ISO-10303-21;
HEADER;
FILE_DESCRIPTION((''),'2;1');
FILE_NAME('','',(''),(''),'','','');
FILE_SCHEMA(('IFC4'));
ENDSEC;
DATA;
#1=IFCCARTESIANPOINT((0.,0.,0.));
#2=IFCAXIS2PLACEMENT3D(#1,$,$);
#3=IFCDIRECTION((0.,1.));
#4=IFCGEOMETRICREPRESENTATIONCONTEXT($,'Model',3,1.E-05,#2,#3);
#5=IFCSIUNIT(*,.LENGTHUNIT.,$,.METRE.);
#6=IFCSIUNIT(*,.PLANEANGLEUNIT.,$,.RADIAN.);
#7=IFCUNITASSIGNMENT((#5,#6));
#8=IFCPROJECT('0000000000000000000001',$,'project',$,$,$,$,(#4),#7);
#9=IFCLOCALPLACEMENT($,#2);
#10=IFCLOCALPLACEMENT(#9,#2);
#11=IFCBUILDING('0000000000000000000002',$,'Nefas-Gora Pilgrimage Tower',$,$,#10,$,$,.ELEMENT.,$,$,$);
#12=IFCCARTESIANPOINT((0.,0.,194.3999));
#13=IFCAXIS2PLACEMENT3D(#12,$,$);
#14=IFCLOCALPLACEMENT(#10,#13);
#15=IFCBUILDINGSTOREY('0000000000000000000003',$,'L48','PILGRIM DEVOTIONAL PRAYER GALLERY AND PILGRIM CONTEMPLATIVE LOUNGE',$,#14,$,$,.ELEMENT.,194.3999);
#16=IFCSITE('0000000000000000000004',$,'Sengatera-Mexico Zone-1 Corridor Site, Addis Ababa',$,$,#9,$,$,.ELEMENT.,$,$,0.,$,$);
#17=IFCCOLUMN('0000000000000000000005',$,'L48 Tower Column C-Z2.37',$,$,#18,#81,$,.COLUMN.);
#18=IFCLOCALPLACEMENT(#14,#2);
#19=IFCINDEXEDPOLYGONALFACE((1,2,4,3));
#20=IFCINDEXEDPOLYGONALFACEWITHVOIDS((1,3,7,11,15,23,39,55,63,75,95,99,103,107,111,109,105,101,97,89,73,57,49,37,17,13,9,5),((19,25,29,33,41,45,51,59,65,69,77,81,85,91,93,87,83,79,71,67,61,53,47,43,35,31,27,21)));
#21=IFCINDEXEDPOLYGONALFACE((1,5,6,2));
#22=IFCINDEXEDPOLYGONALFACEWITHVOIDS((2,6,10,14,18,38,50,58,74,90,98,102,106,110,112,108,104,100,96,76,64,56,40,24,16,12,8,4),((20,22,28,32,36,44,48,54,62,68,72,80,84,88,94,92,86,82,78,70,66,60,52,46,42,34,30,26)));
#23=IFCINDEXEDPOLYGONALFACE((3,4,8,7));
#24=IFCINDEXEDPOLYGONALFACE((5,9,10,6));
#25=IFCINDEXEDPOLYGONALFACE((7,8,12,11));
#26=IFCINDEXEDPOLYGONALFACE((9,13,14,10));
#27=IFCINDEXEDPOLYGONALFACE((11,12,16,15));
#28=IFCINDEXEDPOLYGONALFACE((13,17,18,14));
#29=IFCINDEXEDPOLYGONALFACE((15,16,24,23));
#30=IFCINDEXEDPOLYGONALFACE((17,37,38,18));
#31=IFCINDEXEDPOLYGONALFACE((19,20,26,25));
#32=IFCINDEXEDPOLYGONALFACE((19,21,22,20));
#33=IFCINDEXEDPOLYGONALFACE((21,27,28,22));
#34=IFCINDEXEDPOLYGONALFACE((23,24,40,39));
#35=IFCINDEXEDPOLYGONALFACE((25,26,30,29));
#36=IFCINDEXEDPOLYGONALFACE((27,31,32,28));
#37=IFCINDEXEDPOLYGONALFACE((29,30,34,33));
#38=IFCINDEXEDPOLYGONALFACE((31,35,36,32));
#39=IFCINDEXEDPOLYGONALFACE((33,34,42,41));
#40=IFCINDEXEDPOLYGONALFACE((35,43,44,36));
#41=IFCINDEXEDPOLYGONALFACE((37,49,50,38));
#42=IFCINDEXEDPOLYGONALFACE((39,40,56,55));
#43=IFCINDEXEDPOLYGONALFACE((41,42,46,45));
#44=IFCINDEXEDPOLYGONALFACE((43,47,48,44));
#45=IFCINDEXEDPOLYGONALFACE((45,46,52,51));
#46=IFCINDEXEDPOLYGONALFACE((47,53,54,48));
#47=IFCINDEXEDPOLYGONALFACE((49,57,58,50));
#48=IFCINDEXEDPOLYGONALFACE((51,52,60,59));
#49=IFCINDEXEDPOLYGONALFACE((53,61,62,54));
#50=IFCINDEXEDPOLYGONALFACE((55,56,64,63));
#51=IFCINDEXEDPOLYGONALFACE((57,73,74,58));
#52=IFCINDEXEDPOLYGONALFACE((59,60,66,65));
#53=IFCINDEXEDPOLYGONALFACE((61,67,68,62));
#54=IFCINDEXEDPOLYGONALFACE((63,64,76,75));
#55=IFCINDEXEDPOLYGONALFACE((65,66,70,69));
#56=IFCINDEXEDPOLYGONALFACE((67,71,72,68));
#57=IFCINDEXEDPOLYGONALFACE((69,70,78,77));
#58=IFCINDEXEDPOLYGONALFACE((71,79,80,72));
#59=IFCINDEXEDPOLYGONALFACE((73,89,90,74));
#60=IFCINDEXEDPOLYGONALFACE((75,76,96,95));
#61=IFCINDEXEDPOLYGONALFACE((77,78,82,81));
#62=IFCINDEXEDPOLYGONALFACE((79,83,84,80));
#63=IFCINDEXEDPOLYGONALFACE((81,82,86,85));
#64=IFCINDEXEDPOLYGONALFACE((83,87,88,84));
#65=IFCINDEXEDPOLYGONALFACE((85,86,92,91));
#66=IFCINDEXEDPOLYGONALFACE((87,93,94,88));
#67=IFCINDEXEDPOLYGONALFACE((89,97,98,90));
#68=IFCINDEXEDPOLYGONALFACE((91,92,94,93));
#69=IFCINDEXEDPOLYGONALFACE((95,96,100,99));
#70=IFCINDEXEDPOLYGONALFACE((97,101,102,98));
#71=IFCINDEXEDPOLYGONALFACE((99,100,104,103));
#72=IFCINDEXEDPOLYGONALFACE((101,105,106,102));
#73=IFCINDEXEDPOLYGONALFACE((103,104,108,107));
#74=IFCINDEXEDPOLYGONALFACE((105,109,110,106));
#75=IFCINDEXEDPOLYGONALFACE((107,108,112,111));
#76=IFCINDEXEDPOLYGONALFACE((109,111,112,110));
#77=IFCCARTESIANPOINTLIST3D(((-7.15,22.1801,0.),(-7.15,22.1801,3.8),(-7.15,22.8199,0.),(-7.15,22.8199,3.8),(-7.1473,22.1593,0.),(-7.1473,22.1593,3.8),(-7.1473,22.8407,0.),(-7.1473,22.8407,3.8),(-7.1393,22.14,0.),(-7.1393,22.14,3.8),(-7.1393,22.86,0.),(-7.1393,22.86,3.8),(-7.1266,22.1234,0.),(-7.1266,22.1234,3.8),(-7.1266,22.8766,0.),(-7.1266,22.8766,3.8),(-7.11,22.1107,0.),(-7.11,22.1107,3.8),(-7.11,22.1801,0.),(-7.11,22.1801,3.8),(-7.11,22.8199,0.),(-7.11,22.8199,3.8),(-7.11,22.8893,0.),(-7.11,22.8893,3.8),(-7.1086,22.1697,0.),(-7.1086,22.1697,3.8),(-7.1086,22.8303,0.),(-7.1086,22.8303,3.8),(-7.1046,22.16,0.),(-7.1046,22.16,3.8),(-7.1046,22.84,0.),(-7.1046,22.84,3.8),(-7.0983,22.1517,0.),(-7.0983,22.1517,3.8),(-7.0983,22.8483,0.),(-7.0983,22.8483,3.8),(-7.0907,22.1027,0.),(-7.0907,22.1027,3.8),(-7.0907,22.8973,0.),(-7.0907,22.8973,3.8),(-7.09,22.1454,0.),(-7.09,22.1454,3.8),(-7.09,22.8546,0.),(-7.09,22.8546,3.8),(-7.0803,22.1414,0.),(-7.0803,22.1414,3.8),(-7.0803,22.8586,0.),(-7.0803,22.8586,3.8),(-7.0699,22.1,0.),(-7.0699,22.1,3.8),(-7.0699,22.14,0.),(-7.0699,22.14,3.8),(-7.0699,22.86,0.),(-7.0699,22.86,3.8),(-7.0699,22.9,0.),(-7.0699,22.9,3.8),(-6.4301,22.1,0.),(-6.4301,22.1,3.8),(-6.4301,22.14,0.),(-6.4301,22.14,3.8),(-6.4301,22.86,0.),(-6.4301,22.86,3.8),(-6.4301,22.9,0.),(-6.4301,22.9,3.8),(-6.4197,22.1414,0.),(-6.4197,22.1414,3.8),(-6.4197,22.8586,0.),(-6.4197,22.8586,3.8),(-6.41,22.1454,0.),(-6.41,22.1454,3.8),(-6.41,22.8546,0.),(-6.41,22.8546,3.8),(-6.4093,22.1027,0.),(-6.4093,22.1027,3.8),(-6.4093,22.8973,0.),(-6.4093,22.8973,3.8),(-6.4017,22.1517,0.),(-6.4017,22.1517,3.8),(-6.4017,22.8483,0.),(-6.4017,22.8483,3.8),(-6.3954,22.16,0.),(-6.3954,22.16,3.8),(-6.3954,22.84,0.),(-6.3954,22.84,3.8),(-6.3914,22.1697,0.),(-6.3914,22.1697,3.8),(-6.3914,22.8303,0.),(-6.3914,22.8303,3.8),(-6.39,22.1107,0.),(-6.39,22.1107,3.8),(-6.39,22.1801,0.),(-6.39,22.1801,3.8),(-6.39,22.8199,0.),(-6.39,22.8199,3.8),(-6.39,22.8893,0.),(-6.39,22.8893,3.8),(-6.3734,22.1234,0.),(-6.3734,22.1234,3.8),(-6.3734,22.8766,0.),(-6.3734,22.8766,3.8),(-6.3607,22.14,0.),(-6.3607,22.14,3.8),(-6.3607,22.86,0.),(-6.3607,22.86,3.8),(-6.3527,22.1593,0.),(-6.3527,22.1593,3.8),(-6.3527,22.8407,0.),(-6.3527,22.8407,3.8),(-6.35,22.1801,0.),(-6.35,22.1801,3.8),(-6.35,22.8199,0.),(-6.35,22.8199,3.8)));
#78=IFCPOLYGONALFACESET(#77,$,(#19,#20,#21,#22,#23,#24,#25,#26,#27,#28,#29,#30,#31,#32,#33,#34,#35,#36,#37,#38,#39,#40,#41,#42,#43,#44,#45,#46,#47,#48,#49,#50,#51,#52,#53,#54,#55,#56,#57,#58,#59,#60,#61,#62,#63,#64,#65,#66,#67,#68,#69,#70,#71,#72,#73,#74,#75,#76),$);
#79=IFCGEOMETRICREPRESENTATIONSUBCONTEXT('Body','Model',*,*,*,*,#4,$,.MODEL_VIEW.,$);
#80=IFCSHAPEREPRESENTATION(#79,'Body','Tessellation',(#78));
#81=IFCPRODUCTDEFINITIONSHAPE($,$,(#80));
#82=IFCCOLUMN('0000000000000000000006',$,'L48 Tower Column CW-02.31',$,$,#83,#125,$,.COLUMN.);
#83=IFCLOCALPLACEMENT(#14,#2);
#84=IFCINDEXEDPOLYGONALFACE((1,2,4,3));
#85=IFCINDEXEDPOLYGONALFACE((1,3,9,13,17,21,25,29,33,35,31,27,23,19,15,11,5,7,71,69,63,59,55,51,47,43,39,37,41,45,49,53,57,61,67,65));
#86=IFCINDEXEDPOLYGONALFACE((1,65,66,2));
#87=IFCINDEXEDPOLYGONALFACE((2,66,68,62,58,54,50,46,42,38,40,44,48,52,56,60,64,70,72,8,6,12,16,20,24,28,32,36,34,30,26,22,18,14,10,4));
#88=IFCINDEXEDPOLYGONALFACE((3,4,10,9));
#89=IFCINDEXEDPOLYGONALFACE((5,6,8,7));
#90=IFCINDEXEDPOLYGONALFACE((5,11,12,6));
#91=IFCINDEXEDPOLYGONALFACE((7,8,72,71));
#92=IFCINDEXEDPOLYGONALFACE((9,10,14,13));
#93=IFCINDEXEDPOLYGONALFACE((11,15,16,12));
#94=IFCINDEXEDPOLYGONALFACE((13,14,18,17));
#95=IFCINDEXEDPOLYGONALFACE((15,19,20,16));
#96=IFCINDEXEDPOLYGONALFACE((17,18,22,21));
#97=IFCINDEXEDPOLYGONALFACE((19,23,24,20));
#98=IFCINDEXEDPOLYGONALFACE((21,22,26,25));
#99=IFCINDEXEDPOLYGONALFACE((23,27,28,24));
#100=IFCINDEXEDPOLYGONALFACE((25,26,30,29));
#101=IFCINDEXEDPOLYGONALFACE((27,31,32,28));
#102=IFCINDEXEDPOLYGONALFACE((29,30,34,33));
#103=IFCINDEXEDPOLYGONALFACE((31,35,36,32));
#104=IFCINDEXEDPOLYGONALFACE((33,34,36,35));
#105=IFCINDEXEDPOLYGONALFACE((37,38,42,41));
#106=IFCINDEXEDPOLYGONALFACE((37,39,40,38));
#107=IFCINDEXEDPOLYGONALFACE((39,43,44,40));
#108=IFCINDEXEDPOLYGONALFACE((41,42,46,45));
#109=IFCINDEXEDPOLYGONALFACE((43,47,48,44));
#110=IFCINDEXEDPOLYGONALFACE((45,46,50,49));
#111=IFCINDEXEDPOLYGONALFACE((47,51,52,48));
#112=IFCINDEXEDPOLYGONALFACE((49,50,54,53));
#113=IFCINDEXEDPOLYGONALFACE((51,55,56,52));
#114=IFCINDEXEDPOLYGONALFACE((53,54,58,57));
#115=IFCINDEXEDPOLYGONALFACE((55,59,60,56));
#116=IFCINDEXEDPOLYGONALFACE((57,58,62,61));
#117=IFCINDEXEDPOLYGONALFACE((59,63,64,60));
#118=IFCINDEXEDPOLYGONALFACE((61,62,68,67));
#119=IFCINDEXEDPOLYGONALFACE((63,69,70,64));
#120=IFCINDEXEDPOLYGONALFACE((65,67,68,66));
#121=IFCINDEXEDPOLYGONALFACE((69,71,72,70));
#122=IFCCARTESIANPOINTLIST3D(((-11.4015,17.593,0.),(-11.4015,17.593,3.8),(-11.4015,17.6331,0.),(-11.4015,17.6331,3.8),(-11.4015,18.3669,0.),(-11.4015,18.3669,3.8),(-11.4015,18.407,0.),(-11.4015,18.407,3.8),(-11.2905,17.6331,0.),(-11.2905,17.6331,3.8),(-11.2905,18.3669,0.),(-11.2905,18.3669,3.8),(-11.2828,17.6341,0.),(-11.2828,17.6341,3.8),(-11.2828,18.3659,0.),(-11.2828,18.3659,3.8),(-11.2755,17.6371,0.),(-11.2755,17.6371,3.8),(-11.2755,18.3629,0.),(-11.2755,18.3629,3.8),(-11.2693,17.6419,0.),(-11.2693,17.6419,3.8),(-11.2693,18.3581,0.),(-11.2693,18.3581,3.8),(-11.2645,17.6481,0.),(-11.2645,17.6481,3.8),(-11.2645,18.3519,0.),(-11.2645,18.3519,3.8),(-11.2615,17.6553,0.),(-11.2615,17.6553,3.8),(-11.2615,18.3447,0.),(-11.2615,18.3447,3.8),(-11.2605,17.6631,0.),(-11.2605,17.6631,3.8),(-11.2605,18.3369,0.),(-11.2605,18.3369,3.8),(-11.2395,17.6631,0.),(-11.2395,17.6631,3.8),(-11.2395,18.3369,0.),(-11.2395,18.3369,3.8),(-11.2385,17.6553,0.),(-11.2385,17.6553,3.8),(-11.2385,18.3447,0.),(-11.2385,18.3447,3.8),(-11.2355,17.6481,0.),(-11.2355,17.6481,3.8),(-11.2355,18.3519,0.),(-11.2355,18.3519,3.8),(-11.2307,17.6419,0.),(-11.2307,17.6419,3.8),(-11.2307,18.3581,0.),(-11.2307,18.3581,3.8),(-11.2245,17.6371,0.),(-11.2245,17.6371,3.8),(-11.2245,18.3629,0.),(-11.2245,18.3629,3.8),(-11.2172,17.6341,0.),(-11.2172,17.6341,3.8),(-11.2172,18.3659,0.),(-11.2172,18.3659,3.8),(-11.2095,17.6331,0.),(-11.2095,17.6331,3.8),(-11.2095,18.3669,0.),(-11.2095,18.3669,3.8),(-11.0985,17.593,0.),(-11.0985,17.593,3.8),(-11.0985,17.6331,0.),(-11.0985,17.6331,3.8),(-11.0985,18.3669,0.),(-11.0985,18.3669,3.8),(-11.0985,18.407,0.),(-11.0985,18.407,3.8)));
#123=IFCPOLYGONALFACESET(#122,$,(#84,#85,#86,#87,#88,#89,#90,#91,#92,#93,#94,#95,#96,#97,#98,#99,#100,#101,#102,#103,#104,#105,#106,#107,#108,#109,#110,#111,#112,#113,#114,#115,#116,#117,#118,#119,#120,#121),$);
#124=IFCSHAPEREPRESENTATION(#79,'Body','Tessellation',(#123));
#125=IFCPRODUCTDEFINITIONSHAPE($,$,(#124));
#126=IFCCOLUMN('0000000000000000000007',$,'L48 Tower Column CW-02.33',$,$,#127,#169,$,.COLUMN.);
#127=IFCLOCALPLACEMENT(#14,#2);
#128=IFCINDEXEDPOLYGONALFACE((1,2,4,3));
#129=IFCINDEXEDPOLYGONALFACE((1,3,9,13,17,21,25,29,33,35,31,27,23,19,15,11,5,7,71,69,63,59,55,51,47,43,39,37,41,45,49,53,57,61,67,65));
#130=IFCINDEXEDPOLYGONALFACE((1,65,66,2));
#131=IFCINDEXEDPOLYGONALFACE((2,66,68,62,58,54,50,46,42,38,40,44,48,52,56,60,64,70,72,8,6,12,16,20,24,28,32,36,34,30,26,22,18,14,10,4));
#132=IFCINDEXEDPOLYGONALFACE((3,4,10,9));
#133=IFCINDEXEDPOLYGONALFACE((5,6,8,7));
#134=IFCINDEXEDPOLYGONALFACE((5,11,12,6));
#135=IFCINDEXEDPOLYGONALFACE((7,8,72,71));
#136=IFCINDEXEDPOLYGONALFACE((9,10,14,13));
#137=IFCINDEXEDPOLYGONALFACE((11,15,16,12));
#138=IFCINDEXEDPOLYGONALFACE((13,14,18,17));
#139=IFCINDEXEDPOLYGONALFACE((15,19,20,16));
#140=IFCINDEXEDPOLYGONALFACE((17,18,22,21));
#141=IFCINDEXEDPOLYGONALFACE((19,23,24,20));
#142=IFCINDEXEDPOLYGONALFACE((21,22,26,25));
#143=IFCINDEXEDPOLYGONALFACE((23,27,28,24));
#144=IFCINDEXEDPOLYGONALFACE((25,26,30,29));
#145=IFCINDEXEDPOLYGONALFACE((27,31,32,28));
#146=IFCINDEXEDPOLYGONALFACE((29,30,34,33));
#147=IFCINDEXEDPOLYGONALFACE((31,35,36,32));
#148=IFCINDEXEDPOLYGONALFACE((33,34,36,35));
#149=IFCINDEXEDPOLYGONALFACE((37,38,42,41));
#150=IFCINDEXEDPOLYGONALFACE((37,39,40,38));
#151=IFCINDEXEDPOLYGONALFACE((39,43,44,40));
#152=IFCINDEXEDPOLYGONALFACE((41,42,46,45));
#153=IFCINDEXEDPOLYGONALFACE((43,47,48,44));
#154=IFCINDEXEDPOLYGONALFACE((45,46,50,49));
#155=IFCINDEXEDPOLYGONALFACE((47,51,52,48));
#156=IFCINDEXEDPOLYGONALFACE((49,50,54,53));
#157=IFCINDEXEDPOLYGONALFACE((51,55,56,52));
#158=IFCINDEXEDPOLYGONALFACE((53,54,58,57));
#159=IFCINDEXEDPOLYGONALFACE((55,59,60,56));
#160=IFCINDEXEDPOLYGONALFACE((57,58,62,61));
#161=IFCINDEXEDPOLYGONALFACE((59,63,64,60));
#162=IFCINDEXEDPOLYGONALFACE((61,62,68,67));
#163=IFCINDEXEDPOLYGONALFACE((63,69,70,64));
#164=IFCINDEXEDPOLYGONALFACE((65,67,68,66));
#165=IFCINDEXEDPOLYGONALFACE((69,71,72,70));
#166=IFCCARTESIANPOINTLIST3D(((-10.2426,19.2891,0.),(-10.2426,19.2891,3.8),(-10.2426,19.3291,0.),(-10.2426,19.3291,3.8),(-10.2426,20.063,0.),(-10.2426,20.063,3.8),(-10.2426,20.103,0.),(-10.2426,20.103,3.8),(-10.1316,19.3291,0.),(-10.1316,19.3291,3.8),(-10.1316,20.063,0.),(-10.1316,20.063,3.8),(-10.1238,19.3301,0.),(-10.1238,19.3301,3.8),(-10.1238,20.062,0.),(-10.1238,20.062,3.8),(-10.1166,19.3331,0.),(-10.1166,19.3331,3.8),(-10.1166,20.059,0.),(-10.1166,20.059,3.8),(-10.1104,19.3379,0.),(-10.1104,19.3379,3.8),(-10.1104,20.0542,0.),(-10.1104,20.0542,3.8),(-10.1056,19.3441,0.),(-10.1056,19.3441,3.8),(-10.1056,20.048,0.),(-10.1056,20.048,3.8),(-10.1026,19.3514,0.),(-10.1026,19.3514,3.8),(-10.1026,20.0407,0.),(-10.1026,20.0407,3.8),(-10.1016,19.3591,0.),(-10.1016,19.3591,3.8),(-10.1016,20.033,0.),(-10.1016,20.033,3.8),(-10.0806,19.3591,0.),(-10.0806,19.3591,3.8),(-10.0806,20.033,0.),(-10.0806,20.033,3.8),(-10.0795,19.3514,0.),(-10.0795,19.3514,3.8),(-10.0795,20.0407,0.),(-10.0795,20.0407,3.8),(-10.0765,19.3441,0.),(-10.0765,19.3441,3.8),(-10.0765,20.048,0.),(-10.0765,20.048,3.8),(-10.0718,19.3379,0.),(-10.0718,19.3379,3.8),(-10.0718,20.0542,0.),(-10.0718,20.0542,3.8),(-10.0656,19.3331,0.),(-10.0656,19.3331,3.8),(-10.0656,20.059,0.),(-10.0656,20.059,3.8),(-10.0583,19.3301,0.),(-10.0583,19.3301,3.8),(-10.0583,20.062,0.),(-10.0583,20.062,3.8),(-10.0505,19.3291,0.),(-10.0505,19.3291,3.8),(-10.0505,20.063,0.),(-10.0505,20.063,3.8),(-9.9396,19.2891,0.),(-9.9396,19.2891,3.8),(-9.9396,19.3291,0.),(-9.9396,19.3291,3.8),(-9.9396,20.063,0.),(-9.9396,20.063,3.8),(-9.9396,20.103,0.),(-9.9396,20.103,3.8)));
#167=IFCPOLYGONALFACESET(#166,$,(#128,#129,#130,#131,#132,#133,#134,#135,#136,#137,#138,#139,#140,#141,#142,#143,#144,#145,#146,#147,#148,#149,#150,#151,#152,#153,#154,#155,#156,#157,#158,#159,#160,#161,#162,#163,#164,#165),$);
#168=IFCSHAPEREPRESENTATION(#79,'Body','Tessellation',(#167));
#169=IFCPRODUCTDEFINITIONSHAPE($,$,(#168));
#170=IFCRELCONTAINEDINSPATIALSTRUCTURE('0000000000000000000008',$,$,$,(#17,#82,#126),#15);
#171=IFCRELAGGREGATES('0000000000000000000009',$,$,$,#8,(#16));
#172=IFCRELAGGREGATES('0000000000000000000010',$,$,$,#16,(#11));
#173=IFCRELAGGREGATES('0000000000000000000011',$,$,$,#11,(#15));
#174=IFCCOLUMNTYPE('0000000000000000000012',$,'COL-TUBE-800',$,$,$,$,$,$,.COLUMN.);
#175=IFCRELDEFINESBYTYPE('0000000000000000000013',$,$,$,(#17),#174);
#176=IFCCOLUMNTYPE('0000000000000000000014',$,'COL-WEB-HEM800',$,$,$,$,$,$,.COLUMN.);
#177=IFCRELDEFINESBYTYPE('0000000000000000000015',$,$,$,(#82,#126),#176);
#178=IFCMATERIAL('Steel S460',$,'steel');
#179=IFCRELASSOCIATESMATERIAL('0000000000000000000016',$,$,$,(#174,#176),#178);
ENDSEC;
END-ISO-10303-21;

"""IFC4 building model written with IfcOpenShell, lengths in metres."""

from ifc_helpers import new_model, si_unit, direction, frame, origin, origin_2d, place, context, subcontext, project, spatial, hollow_rectangle, i_section, extrude, source, transform, mapped, material, material_profile, profile_set, type_object, element, save


model = new_model("IFC4")

# Units and contexts
model_context = context("Model", 3, precision=1e-05, world=origin(), true_north=direction((0.0, 1.0)))
body_context = subcontext(model_context, "Body", "Model", "MODEL_VIEW")
ifc_project = project(units=[si_unit("LENGTHUNIT", "METRE"), si_unit("PLANEANGLEUNIT", "RADIAN")], contexts=[model_context])

# Site, building, storey
site_placement = place(None, origin())
site = spatial("IfcSite", under=ifc_project, at=site_placement, Name="Sengatera-Mexico Zone-1 Corridor Site, Addis Ababa", CompositionType="ELEMENT", RefElevation=0.0)
building_placement = place(site_placement, origin())
building = spatial("IfcBuilding", under=site, at=building_placement, Name="Nefas-Gora Pilgrimage Tower", CompositionType="ELEMENT")
storey_placement = place(building_placement, frame((0.0, 0.0, 194.3999)))
storey = spatial("IfcBuildingStorey", under=building, at=storey_placement, Name="L48", Description="PILGRIM DEVOTIONAL PRAYER GALLERY AND PILGRIM CONTEMPLATIVE LOUNGE", CompositionType="ELEMENT", Elevation=194.3999)

# Columns
ifc_material_1 = material(Name="Steel S460", Category="steel")
ifc_material_profile_1 = material_profile(ifc_material_1, hollow_rectangle(XDim=0.8, YDim=0.8, WallThickness=0.04, InnerFilletRadius=0.04, OuterFilletRadius=0.0801, at=origin_2d()), Name="BOX 800x800x40")
ifc_profile_set_1 = profile_set([ifc_material_profile_1], Name="Steel S460")
column_type_1 = type_object("IfcColumnType", Name="COL-TUBE-800", PredefinedType="COLUMN", material=ifc_profile_set_1)
shared_shape_1 = source(origin(), body_context, "Body", "SweptSolid", [
    extrude(hollow_rectangle(XDim=0.8, YDim=0.8, WallThickness=0.04, InnerFilletRadius=0.04, OuterFilletRadius=0.0801, at=origin_2d()), origin(), (0.0, 0.0, 1.0), 3.8),
])
column_placement = place(storey_placement, frame((-6.75, 22.5, 0.0), z_axis=(0.0, 0.0, 1.0), x_axis=(1.0, 0.0, 0.0)))
element("IfcColumn", 1, at=column_placement, inside=storey, type_object=column_type_1, Name="L48 Tower Column C-Z2.37", PredefinedType="COLUMN", context=body_context, shape_type="MappedRepresentation", body=[
    mapped(shared_shape_1, transform((0.0, 0.0, 0.0), x_axis=(1.0, 0.0, 0.0), y_axis=(0.0, 1.0, 0.0), z_axis=(0.0, 0.0, 1.0), scale=1.0)),
])
ifc_material_profile_2 = material_profile(ifc_material_1, i_section(OverallWidth=0.303, OverallDepth=0.814, WebThickness=0.021, FlangeThickness=0.04, FilletRadius=0.03, at=origin_2d()), Name="HEM 800")
ifc_profile_set_2 = profile_set([ifc_material_profile_2], Name="Steel S460")
column_type_2 = type_object("IfcColumnType", Name="COL-WEB-HEM800", PredefinedType="COLUMN", material=ifc_profile_set_2)
shared_shape_2 = source(origin(), body_context, "Body", "SweptSolid", [
    extrude(i_section(OverallWidth=0.303, OverallDepth=0.814, WebThickness=0.021, FlangeThickness=0.04, FilletRadius=0.03, at=origin_2d()), origin(), (0.0, 0.0, 1.0), 3.8),
])
for number, where, z_axis, x_axis, name in (
    (2, (-11.25, 18.0, 0.0), (0.0, 0.0, 1.0), (1.0, 0.0, 0.0), "L48 Tower Column CW-02.31"),
    (3, (-10.0911, 19.696, 0.0), (0.0, 0.0, 1.0), (1.0, 0.0, 0.0), "L48 Tower Column CW-02.33"),
):
    element("IfcColumn", number, at=place(storey_placement, frame(where, z_axis=z_axis, x_axis=x_axis)), inside=storey, type_object=column_type_2, Name=name, PredefinedType="COLUMN", context=body_context, shape_type="MappedRepresentation", body=[
        mapped(shared_shape_2, transform((0.0, 0.0, 0.0), x_axis=(1.0, 0.0, 0.0), y_axis=(0.0, 1.0, 0.0), z_axis=(0.0, 0.0, 1.0), scale=1.0)),
    ])

save(model, "model.ifc")
